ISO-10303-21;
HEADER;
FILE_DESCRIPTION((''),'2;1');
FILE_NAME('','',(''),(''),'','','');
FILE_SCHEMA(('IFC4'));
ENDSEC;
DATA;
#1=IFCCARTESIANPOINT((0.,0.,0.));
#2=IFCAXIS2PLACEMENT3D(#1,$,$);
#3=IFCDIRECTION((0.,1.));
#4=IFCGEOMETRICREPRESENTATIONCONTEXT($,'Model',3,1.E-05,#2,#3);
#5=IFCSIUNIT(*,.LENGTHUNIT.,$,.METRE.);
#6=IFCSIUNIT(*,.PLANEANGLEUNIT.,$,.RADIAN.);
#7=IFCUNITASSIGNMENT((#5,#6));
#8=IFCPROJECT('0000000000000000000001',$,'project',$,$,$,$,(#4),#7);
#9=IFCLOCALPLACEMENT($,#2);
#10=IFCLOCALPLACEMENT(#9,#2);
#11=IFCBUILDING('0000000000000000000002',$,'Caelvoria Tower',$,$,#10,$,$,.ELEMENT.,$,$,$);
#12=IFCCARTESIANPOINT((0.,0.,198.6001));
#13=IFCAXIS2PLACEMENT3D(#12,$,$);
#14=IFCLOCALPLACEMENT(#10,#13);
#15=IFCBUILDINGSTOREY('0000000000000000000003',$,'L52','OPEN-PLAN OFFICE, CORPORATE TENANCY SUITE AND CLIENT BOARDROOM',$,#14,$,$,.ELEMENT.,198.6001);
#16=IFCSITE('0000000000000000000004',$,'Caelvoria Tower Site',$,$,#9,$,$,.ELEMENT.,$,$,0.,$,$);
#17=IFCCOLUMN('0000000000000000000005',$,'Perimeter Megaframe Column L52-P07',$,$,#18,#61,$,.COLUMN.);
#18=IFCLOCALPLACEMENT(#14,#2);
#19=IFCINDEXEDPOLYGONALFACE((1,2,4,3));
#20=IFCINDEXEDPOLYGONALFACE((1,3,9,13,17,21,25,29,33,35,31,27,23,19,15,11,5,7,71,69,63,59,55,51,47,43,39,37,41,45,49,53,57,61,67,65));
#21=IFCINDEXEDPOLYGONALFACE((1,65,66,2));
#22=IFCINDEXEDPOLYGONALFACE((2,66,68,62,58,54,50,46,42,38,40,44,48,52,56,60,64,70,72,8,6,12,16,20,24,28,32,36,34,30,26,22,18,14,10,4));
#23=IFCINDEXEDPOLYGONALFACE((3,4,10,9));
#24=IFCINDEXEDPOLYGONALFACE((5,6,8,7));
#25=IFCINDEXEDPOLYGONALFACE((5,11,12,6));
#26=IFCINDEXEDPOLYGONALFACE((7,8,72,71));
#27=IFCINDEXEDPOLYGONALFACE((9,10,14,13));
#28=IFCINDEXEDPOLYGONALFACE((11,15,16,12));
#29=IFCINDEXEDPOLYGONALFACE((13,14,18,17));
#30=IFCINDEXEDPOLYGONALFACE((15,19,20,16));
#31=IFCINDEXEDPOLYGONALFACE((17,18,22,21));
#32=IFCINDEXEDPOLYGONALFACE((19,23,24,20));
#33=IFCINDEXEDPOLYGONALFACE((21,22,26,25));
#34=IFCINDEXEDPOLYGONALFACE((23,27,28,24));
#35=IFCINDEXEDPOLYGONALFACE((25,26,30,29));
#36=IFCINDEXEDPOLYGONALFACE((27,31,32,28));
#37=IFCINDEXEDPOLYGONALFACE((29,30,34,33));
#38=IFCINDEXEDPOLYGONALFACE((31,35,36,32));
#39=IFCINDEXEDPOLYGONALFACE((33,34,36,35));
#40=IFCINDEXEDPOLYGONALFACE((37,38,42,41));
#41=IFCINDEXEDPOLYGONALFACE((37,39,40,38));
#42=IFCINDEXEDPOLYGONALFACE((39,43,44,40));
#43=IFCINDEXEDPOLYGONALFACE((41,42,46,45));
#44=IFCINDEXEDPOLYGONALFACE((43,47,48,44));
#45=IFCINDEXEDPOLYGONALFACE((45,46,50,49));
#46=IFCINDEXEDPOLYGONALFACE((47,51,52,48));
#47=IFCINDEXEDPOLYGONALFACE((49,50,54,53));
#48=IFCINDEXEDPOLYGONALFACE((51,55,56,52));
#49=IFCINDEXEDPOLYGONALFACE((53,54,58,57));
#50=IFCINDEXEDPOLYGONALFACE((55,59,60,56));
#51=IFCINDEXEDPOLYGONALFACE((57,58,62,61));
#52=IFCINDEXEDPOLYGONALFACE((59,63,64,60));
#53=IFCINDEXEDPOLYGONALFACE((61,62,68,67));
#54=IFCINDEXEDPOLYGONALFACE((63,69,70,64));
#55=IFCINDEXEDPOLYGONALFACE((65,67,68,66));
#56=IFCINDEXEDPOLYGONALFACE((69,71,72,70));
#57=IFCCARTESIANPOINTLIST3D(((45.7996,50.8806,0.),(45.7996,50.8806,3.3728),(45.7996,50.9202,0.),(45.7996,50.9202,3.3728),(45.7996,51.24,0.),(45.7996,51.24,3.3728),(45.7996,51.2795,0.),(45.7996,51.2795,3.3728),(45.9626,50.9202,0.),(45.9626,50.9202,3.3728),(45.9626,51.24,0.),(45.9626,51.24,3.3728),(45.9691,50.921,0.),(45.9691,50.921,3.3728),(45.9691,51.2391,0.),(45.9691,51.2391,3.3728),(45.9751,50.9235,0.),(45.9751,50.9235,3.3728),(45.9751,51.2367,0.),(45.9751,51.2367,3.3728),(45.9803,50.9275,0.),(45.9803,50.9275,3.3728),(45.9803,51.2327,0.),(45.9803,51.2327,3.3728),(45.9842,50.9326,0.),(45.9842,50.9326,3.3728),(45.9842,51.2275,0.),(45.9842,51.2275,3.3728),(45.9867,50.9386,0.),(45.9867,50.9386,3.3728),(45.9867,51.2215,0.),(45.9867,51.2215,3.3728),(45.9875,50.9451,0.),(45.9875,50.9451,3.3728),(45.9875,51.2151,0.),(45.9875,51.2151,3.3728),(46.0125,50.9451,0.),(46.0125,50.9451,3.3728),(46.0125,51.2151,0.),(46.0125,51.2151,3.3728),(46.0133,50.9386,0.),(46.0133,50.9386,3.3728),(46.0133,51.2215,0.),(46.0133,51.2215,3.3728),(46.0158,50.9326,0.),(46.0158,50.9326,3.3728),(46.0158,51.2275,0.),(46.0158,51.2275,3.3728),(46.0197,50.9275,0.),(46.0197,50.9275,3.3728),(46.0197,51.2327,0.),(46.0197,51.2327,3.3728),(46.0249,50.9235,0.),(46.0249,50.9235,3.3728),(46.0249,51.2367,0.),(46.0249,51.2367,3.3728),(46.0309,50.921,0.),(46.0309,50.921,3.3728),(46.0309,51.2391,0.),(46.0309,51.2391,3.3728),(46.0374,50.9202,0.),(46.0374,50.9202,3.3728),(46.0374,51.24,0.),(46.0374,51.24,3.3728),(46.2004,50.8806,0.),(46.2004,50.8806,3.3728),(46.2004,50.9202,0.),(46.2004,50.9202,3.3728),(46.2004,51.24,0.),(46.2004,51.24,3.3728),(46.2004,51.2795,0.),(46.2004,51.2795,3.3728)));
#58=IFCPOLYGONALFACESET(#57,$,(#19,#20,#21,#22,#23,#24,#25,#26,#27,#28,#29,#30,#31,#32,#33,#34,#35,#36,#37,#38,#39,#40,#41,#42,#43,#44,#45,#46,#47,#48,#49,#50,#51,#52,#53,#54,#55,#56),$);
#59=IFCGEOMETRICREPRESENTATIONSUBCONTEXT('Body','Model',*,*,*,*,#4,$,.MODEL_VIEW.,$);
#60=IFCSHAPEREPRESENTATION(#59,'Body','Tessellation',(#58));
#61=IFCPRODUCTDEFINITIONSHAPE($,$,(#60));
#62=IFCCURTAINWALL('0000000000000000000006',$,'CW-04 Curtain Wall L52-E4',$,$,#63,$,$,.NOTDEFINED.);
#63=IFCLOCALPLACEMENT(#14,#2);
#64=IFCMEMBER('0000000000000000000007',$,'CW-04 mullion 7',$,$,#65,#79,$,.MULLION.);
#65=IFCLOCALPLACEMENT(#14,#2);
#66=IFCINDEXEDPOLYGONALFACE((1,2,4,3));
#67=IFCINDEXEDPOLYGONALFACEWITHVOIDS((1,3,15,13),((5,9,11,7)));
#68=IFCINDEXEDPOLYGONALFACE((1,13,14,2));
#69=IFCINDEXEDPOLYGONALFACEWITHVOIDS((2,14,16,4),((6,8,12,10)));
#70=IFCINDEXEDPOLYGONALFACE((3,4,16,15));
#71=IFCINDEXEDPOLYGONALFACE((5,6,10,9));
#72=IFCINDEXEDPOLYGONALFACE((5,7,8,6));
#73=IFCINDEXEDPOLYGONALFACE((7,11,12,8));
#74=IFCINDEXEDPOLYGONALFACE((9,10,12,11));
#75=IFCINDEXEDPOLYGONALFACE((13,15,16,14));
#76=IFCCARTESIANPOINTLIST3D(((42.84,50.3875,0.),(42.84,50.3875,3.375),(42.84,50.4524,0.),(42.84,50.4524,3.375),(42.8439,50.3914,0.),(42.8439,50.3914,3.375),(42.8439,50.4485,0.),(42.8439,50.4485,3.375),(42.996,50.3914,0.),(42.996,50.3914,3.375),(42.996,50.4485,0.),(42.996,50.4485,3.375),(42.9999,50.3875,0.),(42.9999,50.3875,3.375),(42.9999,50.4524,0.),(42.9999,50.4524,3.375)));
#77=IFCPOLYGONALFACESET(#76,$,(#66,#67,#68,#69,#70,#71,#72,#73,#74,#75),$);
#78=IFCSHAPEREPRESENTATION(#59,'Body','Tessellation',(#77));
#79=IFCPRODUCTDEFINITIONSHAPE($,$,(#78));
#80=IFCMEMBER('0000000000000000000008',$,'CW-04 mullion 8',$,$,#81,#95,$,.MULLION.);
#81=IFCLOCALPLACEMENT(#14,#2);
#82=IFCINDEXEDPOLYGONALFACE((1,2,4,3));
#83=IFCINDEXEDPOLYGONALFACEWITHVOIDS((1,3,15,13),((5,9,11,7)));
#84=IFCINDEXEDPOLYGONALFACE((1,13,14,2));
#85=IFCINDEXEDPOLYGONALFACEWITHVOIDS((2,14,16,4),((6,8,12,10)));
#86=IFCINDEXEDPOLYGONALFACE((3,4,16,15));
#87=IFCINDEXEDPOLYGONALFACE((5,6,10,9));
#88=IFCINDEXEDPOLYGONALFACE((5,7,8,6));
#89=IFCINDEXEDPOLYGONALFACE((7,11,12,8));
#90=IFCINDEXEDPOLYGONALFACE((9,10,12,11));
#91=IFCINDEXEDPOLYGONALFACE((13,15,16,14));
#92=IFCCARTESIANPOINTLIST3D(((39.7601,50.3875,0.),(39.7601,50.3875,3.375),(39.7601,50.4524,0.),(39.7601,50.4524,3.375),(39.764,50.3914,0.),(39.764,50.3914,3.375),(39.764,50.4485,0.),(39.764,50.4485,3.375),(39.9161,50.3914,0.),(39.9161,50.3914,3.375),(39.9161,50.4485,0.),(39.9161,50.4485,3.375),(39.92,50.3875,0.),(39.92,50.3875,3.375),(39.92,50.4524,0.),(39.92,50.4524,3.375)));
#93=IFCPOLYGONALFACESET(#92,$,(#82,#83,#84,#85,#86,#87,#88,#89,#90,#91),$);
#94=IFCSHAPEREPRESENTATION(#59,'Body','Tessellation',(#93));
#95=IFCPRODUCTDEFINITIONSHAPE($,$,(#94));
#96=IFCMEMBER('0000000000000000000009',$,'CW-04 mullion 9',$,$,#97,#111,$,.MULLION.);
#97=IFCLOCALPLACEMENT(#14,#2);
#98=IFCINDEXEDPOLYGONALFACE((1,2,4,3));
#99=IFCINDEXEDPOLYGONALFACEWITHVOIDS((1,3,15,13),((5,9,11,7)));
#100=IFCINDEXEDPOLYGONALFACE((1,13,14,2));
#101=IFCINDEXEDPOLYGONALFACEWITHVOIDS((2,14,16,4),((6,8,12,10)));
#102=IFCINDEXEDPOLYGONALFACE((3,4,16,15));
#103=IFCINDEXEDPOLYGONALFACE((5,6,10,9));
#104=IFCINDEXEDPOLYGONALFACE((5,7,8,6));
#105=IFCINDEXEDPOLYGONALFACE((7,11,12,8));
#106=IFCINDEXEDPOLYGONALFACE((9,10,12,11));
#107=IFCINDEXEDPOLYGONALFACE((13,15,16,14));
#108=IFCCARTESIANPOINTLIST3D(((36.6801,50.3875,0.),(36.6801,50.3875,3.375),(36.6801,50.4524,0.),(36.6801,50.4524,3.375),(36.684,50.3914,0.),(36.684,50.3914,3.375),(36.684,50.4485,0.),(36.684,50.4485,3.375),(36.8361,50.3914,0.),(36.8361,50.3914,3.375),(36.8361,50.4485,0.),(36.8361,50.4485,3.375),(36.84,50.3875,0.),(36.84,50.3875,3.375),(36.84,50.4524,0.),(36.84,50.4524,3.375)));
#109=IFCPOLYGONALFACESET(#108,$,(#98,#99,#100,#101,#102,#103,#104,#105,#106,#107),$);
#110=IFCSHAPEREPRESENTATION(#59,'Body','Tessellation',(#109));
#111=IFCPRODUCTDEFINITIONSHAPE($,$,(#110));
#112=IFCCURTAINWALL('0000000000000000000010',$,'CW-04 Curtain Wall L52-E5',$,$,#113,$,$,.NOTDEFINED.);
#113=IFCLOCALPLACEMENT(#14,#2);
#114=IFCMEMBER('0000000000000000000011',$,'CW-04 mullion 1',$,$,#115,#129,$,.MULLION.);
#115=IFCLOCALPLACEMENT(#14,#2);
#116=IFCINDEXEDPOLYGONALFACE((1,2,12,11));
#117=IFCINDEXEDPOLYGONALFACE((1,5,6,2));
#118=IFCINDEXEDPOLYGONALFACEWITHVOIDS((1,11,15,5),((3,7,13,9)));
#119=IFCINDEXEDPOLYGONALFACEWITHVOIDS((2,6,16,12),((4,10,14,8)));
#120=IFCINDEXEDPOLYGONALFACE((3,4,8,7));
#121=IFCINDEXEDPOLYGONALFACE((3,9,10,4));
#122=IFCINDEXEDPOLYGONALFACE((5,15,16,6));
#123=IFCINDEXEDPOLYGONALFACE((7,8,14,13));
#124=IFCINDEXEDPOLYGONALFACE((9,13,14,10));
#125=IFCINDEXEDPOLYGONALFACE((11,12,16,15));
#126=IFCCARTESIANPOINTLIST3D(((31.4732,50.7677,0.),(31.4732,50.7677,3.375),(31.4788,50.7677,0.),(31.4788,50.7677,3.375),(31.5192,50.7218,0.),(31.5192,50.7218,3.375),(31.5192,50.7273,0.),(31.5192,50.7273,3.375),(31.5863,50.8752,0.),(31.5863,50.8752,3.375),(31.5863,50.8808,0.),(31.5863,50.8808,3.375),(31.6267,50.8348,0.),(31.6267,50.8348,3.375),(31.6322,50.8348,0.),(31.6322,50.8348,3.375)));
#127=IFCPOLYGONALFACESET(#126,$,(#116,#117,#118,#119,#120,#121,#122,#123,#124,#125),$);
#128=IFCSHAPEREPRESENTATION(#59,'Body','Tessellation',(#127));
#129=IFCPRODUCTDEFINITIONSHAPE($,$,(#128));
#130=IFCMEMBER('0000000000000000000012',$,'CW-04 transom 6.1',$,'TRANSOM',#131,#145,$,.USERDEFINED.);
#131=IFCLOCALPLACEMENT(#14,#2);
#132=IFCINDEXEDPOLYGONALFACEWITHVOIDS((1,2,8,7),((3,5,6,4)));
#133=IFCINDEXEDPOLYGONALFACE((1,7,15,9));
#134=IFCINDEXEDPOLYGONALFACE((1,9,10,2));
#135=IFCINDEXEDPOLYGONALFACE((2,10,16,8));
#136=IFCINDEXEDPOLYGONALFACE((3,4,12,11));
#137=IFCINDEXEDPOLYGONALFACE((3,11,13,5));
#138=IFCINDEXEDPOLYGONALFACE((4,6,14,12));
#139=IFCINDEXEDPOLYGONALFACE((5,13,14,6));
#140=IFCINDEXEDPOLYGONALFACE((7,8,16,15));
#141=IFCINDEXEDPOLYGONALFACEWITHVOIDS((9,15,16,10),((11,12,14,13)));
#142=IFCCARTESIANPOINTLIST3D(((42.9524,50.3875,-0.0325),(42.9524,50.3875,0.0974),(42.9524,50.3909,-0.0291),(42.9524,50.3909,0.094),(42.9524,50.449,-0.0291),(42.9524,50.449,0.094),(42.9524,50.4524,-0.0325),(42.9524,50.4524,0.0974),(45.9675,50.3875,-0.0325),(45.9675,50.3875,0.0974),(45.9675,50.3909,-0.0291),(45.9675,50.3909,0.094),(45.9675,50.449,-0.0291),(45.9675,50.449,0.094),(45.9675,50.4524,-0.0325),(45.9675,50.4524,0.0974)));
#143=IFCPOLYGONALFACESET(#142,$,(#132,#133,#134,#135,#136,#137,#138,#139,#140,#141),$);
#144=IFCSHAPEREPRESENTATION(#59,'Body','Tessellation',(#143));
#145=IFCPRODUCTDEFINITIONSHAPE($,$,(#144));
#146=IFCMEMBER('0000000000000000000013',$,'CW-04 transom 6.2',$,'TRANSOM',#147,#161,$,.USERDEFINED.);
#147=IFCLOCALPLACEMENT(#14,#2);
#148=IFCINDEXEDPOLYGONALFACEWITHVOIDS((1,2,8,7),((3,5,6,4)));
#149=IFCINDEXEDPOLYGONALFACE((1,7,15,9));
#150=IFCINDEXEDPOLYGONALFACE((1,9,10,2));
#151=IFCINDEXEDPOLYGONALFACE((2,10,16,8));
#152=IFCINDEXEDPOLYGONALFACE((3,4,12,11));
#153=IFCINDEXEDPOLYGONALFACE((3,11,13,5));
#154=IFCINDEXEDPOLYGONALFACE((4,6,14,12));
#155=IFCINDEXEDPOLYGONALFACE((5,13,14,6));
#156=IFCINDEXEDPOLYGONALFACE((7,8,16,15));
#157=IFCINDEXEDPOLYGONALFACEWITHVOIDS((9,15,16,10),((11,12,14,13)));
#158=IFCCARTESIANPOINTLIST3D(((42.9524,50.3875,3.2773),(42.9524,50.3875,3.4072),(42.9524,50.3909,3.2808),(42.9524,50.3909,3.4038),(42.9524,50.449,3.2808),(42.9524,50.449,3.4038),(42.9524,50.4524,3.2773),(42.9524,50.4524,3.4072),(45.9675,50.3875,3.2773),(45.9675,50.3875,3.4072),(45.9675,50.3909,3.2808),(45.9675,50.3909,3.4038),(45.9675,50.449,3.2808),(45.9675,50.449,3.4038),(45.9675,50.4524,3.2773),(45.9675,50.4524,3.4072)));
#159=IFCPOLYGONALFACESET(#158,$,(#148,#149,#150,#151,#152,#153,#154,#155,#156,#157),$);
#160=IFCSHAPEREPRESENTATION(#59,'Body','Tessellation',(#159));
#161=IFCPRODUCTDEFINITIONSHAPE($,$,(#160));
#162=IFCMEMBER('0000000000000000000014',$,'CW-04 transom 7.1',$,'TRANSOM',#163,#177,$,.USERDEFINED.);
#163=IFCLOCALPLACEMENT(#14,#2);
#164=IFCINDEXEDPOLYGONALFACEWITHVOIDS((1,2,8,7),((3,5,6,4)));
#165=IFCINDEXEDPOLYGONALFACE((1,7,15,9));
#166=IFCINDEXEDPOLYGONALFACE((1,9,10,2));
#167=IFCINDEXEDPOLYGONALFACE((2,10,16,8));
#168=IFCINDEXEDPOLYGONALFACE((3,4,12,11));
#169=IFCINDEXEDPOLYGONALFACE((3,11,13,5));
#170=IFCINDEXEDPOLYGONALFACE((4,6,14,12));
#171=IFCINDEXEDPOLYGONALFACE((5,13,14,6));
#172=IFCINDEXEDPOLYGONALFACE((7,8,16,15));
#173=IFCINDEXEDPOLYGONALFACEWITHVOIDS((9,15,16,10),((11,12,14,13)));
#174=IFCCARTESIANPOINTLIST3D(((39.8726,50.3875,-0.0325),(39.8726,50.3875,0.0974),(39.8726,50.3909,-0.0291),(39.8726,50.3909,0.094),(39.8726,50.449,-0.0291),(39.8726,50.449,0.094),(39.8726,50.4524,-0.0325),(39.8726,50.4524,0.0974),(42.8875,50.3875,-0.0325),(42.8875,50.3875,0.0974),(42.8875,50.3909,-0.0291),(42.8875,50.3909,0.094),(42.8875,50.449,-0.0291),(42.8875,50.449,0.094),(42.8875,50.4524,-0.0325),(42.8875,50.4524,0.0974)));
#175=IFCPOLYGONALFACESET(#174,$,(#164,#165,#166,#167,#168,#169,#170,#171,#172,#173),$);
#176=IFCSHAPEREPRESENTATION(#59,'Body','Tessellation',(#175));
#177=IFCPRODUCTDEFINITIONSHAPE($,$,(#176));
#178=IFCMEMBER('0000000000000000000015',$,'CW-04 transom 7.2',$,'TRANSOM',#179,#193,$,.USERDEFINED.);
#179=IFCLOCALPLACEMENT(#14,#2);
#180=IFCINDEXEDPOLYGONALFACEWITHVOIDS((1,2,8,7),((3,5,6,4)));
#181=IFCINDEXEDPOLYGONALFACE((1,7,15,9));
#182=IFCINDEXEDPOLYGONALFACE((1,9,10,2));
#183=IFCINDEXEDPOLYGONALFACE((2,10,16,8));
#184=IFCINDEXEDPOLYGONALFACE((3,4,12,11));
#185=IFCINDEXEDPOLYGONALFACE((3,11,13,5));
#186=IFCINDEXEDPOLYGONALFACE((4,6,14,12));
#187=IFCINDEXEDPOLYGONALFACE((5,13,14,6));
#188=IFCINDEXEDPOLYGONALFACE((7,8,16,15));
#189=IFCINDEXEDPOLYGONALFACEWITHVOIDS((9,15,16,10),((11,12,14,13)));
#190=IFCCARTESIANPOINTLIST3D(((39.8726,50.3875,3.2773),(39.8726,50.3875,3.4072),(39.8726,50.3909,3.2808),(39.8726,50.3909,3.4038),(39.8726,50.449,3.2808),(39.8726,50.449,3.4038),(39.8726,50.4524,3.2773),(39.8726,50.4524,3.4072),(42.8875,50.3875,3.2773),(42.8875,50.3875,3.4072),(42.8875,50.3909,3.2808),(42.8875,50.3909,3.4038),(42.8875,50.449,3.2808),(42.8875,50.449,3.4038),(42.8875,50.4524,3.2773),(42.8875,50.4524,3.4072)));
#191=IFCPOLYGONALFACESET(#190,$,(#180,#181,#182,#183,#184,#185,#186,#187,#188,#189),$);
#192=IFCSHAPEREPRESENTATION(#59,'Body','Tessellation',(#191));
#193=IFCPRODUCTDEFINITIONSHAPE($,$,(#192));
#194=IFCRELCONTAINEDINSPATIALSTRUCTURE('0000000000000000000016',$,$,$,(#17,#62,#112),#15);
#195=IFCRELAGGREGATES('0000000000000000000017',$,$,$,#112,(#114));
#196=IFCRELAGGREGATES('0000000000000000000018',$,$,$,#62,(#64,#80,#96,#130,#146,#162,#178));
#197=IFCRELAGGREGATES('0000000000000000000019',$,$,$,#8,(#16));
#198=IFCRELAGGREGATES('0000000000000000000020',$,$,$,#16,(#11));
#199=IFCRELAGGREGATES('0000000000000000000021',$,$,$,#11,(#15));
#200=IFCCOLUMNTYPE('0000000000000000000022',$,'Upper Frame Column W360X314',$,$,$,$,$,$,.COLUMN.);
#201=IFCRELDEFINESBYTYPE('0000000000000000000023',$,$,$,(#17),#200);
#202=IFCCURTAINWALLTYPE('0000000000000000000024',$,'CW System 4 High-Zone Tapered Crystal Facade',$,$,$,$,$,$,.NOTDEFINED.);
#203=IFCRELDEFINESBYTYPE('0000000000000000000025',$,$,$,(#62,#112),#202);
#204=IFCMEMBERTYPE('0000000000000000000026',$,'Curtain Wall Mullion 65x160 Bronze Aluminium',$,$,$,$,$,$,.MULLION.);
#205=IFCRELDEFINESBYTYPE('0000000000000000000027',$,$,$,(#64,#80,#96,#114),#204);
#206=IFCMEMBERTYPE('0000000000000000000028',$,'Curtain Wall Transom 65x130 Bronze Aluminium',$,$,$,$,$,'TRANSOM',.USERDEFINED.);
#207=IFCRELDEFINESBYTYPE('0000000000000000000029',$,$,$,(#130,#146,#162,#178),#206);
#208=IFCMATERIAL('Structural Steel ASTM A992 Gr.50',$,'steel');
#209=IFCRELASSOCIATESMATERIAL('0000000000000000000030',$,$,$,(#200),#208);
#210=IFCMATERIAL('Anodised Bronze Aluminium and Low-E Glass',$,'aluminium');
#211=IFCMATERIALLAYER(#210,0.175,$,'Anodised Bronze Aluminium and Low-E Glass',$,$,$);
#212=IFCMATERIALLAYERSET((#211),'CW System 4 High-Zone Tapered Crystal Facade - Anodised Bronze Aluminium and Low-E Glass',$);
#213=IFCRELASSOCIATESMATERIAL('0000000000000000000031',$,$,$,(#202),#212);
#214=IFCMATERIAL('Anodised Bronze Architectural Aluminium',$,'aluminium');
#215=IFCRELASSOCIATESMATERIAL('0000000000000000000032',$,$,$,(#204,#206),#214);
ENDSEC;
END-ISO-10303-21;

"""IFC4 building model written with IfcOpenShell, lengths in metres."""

from ifc_helpers import new_model, si_unit, direction, frame, origin, origin_2d, place, context, subcontext, project, spatial, hollow_rectangle, i_section, extrude, material, layer, layer_set, material_profile, profile_set, type_object, element, aggregate, save


model = new_model("IFC4")

# Units and contexts
model_context = context("Model", 3, precision=1e-05, world=origin(), true_north=direction((0.0, 1.0)))
body_context = subcontext(model_context, "Body", "Model", "MODEL_VIEW")
ifc_project = project(units=[si_unit("LENGTHUNIT", "METRE"), si_unit("PLANEANGLEUNIT", "RADIAN")], contexts=[model_context])

# Site, building, storey
site_placement = place(None, origin())
site = spatial("IfcSite", under=ifc_project, at=site_placement, Name="Caelvoria Tower Site", CompositionType="ELEMENT", RefElevation=0.0)
building_placement = place(site_placement, origin())
building = spatial("IfcBuilding", under=site, at=building_placement, Name="Caelvoria Tower", CompositionType="ELEMENT")
storey_placement = place(building_placement, frame((0.0, 0.0, 198.6001)))
storey = spatial("IfcBuildingStorey", under=building, at=storey_placement, Name="L52", Description="OPEN-PLAN OFFICE, CORPORATE TENANCY SUITE AND CLIENT BOARDROOM", CompositionType="ELEMENT", Elevation=198.6001)

# Column
ifc_material_1 = material(Name="Structural Steel ASTM A992 Gr.50", Category="steel")
ifc_material_profile_1 = material_profile(ifc_material_1, i_section(OverallWidth=0.4009, OverallDepth=0.3989, WebThickness=0.0249, FlangeThickness=0.0396, FilletRadius=0.0249, at=origin_2d()), Name="Structural Steel ASTM A992 Gr.50")
ifc_profile_set_1 = profile_set([ifc_material_profile_1], Name="W360X314 - Structural Steel ASTM A992 Gr.50")
column_type = type_object("IfcColumnType", Name="Upper Frame Column W360X314", PredefinedType="COLUMN", material=ifc_profile_set_1)
column_placement = place(storey_placement, frame((46.0, 51.0801, 0.0), z_axis=(0.0, 0.0, 1.0), x_axis=(1.0, 0.0, 0.0)))
element("IfcColumn", 1, at=column_placement, inside=storey, type_object=column_type, Name="Perimeter Megaframe Column L52-P07", PredefinedType="COLUMN", context=body_context, shape_type="SweptSolid", body=[
    extrude(i_section(OverallWidth=0.4009, OverallDepth=0.3989, WebThickness=0.0249, FlangeThickness=0.0396, FilletRadius=0.0249, at=origin_2d()), origin(), (0.0, 0.0, 1.0), 3.3728),
])

# Curtain wall, members
ifc_material_2 = material(Name="Anodised Bronze Aluminium and Low-E Glass", Category="aluminium")
ifc_layer_1 = layer(ifc_material_2, 0.175, Name="Anodised Bronze Aluminium and Low-E Glass")
ifc_layer_set_1 = layer_set([ifc_layer_1], Name="CW System 4 High-Zone Tapered Crystal Facade - Anodised Bronze Aluminium and Low-E Glass")
curtain_wall_type = type_object("IfcCurtainWallType", Name="CW System 4 High-Zone Tapered Crystal Facade", PredefinedType="NOTDEFINED", material=ifc_layer_set_1)
curtain_wall_1_placement = place(storey_placement, origin())
curtain_wall_1 = element("IfcCurtainWall", 2, at=curtain_wall_1_placement, inside=storey, type_object=curtain_wall_type, Name="CW-04 Curtain Wall L52-E4", PredefinedType="NOTDEFINED")
ifc_material_3 = material(Name="Anodised Bronze Architectural Aluminium", Category="aluminium")
ifc_material_profile_2 = material_profile(ifc_material_3, hollow_rectangle(XDim=0.0649, YDim=0.1599, WallThickness=0.0039, at=origin_2d()), Name="Anodised Bronze Architectural Aluminium")
ifc_profile_set_2 = profile_set([ifc_material_profile_2], Name="CW_MULL_65X160 - Anodised Bronze Architectural Aluminium")
member_type_1 = type_object("IfcMemberType", Name="Curtain Wall Mullion 65x160 Bronze Aluminium", PredefinedType="MULLION", material=ifc_profile_set_2)
member_1_placement = place(storey_placement, frame((42.9199, 50.4199, 0.0), z_axis=(0.0, 0.0, 1.0), x_axis=(0.0, -1.0, 0.0)))
member_1 = element("IfcMember", 3, at=member_1_placement, type_object=member_type_1, Name="CW-04 mullion 7", PredefinedType="MULLION", context=body_context, shape_type="SweptSolid", body=[
    extrude(hollow_rectangle(XDim=0.0649, YDim=0.1599, WallThickness=0.0039, at=origin_2d()), origin(), (0.0, 0.0, 1.0), 3.375),
])
member_2_placement = place(storey_placement, frame((39.8401, 50.4199, 0.0), z_axis=(0.0, 0.0, 1.0), x_axis=(0.0, -1.0, 0.0)))
member_2 = element("IfcMember", 4, at=member_2_placement, type_object=member_type_1, Name="CW-04 mullion 8", PredefinedType="MULLION", context=body_context, shape_type="SweptSolid", body=[
    extrude(hollow_rectangle(XDim=0.0649, YDim=0.1599, WallThickness=0.0039, at=origin_2d()), origin(), (0.0, 0.0, 1.0), 3.375),
])
member_3_placement = place(storey_placement, frame((36.76, 50.4199, 0.0), z_axis=(0.0, 0.0, 1.0), x_axis=(0.0, -1.0, 0.0)))
member_3 = element("IfcMember", 5, at=member_3_placement, type_object=member_type_1, Name="CW-04 mullion 9", PredefinedType="MULLION", context=body_context, shape_type="SweptSolid", body=[
    extrude(hollow_rectangle(XDim=0.0649, YDim=0.1599, WallThickness=0.0039, at=origin_2d()), origin(), (0.0, 0.0, 1.0), 3.375),
])

# Curtain wall, member
curtain_wall_2_placement = place(storey_placement, origin())
curtain_wall_2 = element("IfcCurtainWall", 6, at=curtain_wall_2_placement, inside=storey, type_object=curtain_wall_type, Name="CW-04 Curtain Wall L52-E5", PredefinedType="NOTDEFINED")
member_4_placement = place(storey_placement, frame((31.5527, 50.8013, 0.0), z_axis=(0.0, 0.0, 1.0), x_axis=(0.707107, -0.707107, 0.0)))
member_4 = element("IfcMember", 7, at=member_4_placement, type_object=member_type_1, Name="CW-04 mullion 1", PredefinedType="MULLION", context=body_context, shape_type="SweptSolid", body=[
    extrude(hollow_rectangle(XDim=0.0649, YDim=0.1599, WallThickness=0.0039, at=origin_2d()), origin(), (0.0, 0.0, 1.0), 3.375),
])

# Members
ifc_material_profile_3 = material_profile(ifc_material_3, hollow_rectangle(XDim=0.0649, YDim=0.1299, WallThickness=0.0034, at=origin_2d()), Name="Anodised Bronze Architectural Aluminium")
ifc_profile_set_3 = profile_set([ifc_material_profile_3], Name="CW_TRAN_65X130 - Anodised Bronze Architectural Aluminium")
member_type_2 = type_object("IfcMemberType", Name="Curtain Wall Transom 65x130 Bronze Aluminium", ElementType="TRANSOM", PredefinedType="USERDEFINED", material=ifc_profile_set_3)
member_5_placement = place(storey_placement, frame((45.9675, 50.4199, 0.0325), z_axis=(-1.0, 0.0, 0.0), x_axis=(0.0, -1.0, 0.0)))
member_5 = element("IfcMember", 8, at=member_5_placement, type_object=member_type_2, Name="CW-04 transom 6.1", ObjectType="TRANSOM", PredefinedType="USERDEFINED", context=body_context, shape_type="SweptSolid", body=[
    extrude(hollow_rectangle(XDim=0.0649, YDim=0.1299, WallThickness=0.0034, at=origin_2d()), origin(), (0.0, 0.0, 1.0), 3.0151),
])
member_6_placement = place(storey_placement, frame((45.9675, 50.4199, 3.3423), z_axis=(-1.0, 0.0, 0.0), x_axis=(0.0, -1.0, 0.0)))
member_6 = element("IfcMember", 9, at=member_6_placement, type_object=member_type_2, Name="CW-04 transom 6.2", ObjectType="TRANSOM", PredefinedType="USERDEFINED", context=body_context, shape_type="SweptSolid", body=[
    extrude(hollow_rectangle(XDim=0.0649, YDim=0.1299, WallThickness=0.0034, at=origin_2d()), origin(), (0.0, 0.0, 1.0), 3.0151),
])
member_7_placement = place(storey_placement, frame((42.8875, 50.4199, 0.0325), z_axis=(-1.0, 0.0, 0.0), x_axis=(0.0, -1.0, 0.0)))
member_7 = element("IfcMember", 10, at=member_7_placement, type_object=member_type_2, Name="CW-04 transom 7.1", ObjectType="TRANSOM", PredefinedType="USERDEFINED", context=body_context, shape_type="SweptSolid", body=[
    extrude(hollow_rectangle(XDim=0.0649, YDim=0.1299, WallThickness=0.0034, at=origin_2d()), origin(), (0.0, 0.0, 1.0), 3.0149),
])
member_8_placement = place(storey_placement, frame((42.8875, 50.4199, 3.3423), z_axis=(-1.0, 0.0, 0.0), x_axis=(0.0, -1.0, 0.0)))
member_8 = element("IfcMember", 11, at=member_8_placement, type_object=member_type_2, Name="CW-04 transom 7.2", ObjectType="TRANSOM", PredefinedType="USERDEFINED", context=body_context, shape_type="SweptSolid", body=[
    extrude(hollow_rectangle(XDim=0.0649, YDim=0.1299, WallThickness=0.0034, at=origin_2d()), origin(), (0.0, 0.0, 1.0), 3.0149),
])
aggregate(curtain_wall_2, [member_4])

aggregate(curtain_wall_1, [member_1, member_2, member_3, member_5, member_6, member_7, member_8])

save(model, "model.ifc")
